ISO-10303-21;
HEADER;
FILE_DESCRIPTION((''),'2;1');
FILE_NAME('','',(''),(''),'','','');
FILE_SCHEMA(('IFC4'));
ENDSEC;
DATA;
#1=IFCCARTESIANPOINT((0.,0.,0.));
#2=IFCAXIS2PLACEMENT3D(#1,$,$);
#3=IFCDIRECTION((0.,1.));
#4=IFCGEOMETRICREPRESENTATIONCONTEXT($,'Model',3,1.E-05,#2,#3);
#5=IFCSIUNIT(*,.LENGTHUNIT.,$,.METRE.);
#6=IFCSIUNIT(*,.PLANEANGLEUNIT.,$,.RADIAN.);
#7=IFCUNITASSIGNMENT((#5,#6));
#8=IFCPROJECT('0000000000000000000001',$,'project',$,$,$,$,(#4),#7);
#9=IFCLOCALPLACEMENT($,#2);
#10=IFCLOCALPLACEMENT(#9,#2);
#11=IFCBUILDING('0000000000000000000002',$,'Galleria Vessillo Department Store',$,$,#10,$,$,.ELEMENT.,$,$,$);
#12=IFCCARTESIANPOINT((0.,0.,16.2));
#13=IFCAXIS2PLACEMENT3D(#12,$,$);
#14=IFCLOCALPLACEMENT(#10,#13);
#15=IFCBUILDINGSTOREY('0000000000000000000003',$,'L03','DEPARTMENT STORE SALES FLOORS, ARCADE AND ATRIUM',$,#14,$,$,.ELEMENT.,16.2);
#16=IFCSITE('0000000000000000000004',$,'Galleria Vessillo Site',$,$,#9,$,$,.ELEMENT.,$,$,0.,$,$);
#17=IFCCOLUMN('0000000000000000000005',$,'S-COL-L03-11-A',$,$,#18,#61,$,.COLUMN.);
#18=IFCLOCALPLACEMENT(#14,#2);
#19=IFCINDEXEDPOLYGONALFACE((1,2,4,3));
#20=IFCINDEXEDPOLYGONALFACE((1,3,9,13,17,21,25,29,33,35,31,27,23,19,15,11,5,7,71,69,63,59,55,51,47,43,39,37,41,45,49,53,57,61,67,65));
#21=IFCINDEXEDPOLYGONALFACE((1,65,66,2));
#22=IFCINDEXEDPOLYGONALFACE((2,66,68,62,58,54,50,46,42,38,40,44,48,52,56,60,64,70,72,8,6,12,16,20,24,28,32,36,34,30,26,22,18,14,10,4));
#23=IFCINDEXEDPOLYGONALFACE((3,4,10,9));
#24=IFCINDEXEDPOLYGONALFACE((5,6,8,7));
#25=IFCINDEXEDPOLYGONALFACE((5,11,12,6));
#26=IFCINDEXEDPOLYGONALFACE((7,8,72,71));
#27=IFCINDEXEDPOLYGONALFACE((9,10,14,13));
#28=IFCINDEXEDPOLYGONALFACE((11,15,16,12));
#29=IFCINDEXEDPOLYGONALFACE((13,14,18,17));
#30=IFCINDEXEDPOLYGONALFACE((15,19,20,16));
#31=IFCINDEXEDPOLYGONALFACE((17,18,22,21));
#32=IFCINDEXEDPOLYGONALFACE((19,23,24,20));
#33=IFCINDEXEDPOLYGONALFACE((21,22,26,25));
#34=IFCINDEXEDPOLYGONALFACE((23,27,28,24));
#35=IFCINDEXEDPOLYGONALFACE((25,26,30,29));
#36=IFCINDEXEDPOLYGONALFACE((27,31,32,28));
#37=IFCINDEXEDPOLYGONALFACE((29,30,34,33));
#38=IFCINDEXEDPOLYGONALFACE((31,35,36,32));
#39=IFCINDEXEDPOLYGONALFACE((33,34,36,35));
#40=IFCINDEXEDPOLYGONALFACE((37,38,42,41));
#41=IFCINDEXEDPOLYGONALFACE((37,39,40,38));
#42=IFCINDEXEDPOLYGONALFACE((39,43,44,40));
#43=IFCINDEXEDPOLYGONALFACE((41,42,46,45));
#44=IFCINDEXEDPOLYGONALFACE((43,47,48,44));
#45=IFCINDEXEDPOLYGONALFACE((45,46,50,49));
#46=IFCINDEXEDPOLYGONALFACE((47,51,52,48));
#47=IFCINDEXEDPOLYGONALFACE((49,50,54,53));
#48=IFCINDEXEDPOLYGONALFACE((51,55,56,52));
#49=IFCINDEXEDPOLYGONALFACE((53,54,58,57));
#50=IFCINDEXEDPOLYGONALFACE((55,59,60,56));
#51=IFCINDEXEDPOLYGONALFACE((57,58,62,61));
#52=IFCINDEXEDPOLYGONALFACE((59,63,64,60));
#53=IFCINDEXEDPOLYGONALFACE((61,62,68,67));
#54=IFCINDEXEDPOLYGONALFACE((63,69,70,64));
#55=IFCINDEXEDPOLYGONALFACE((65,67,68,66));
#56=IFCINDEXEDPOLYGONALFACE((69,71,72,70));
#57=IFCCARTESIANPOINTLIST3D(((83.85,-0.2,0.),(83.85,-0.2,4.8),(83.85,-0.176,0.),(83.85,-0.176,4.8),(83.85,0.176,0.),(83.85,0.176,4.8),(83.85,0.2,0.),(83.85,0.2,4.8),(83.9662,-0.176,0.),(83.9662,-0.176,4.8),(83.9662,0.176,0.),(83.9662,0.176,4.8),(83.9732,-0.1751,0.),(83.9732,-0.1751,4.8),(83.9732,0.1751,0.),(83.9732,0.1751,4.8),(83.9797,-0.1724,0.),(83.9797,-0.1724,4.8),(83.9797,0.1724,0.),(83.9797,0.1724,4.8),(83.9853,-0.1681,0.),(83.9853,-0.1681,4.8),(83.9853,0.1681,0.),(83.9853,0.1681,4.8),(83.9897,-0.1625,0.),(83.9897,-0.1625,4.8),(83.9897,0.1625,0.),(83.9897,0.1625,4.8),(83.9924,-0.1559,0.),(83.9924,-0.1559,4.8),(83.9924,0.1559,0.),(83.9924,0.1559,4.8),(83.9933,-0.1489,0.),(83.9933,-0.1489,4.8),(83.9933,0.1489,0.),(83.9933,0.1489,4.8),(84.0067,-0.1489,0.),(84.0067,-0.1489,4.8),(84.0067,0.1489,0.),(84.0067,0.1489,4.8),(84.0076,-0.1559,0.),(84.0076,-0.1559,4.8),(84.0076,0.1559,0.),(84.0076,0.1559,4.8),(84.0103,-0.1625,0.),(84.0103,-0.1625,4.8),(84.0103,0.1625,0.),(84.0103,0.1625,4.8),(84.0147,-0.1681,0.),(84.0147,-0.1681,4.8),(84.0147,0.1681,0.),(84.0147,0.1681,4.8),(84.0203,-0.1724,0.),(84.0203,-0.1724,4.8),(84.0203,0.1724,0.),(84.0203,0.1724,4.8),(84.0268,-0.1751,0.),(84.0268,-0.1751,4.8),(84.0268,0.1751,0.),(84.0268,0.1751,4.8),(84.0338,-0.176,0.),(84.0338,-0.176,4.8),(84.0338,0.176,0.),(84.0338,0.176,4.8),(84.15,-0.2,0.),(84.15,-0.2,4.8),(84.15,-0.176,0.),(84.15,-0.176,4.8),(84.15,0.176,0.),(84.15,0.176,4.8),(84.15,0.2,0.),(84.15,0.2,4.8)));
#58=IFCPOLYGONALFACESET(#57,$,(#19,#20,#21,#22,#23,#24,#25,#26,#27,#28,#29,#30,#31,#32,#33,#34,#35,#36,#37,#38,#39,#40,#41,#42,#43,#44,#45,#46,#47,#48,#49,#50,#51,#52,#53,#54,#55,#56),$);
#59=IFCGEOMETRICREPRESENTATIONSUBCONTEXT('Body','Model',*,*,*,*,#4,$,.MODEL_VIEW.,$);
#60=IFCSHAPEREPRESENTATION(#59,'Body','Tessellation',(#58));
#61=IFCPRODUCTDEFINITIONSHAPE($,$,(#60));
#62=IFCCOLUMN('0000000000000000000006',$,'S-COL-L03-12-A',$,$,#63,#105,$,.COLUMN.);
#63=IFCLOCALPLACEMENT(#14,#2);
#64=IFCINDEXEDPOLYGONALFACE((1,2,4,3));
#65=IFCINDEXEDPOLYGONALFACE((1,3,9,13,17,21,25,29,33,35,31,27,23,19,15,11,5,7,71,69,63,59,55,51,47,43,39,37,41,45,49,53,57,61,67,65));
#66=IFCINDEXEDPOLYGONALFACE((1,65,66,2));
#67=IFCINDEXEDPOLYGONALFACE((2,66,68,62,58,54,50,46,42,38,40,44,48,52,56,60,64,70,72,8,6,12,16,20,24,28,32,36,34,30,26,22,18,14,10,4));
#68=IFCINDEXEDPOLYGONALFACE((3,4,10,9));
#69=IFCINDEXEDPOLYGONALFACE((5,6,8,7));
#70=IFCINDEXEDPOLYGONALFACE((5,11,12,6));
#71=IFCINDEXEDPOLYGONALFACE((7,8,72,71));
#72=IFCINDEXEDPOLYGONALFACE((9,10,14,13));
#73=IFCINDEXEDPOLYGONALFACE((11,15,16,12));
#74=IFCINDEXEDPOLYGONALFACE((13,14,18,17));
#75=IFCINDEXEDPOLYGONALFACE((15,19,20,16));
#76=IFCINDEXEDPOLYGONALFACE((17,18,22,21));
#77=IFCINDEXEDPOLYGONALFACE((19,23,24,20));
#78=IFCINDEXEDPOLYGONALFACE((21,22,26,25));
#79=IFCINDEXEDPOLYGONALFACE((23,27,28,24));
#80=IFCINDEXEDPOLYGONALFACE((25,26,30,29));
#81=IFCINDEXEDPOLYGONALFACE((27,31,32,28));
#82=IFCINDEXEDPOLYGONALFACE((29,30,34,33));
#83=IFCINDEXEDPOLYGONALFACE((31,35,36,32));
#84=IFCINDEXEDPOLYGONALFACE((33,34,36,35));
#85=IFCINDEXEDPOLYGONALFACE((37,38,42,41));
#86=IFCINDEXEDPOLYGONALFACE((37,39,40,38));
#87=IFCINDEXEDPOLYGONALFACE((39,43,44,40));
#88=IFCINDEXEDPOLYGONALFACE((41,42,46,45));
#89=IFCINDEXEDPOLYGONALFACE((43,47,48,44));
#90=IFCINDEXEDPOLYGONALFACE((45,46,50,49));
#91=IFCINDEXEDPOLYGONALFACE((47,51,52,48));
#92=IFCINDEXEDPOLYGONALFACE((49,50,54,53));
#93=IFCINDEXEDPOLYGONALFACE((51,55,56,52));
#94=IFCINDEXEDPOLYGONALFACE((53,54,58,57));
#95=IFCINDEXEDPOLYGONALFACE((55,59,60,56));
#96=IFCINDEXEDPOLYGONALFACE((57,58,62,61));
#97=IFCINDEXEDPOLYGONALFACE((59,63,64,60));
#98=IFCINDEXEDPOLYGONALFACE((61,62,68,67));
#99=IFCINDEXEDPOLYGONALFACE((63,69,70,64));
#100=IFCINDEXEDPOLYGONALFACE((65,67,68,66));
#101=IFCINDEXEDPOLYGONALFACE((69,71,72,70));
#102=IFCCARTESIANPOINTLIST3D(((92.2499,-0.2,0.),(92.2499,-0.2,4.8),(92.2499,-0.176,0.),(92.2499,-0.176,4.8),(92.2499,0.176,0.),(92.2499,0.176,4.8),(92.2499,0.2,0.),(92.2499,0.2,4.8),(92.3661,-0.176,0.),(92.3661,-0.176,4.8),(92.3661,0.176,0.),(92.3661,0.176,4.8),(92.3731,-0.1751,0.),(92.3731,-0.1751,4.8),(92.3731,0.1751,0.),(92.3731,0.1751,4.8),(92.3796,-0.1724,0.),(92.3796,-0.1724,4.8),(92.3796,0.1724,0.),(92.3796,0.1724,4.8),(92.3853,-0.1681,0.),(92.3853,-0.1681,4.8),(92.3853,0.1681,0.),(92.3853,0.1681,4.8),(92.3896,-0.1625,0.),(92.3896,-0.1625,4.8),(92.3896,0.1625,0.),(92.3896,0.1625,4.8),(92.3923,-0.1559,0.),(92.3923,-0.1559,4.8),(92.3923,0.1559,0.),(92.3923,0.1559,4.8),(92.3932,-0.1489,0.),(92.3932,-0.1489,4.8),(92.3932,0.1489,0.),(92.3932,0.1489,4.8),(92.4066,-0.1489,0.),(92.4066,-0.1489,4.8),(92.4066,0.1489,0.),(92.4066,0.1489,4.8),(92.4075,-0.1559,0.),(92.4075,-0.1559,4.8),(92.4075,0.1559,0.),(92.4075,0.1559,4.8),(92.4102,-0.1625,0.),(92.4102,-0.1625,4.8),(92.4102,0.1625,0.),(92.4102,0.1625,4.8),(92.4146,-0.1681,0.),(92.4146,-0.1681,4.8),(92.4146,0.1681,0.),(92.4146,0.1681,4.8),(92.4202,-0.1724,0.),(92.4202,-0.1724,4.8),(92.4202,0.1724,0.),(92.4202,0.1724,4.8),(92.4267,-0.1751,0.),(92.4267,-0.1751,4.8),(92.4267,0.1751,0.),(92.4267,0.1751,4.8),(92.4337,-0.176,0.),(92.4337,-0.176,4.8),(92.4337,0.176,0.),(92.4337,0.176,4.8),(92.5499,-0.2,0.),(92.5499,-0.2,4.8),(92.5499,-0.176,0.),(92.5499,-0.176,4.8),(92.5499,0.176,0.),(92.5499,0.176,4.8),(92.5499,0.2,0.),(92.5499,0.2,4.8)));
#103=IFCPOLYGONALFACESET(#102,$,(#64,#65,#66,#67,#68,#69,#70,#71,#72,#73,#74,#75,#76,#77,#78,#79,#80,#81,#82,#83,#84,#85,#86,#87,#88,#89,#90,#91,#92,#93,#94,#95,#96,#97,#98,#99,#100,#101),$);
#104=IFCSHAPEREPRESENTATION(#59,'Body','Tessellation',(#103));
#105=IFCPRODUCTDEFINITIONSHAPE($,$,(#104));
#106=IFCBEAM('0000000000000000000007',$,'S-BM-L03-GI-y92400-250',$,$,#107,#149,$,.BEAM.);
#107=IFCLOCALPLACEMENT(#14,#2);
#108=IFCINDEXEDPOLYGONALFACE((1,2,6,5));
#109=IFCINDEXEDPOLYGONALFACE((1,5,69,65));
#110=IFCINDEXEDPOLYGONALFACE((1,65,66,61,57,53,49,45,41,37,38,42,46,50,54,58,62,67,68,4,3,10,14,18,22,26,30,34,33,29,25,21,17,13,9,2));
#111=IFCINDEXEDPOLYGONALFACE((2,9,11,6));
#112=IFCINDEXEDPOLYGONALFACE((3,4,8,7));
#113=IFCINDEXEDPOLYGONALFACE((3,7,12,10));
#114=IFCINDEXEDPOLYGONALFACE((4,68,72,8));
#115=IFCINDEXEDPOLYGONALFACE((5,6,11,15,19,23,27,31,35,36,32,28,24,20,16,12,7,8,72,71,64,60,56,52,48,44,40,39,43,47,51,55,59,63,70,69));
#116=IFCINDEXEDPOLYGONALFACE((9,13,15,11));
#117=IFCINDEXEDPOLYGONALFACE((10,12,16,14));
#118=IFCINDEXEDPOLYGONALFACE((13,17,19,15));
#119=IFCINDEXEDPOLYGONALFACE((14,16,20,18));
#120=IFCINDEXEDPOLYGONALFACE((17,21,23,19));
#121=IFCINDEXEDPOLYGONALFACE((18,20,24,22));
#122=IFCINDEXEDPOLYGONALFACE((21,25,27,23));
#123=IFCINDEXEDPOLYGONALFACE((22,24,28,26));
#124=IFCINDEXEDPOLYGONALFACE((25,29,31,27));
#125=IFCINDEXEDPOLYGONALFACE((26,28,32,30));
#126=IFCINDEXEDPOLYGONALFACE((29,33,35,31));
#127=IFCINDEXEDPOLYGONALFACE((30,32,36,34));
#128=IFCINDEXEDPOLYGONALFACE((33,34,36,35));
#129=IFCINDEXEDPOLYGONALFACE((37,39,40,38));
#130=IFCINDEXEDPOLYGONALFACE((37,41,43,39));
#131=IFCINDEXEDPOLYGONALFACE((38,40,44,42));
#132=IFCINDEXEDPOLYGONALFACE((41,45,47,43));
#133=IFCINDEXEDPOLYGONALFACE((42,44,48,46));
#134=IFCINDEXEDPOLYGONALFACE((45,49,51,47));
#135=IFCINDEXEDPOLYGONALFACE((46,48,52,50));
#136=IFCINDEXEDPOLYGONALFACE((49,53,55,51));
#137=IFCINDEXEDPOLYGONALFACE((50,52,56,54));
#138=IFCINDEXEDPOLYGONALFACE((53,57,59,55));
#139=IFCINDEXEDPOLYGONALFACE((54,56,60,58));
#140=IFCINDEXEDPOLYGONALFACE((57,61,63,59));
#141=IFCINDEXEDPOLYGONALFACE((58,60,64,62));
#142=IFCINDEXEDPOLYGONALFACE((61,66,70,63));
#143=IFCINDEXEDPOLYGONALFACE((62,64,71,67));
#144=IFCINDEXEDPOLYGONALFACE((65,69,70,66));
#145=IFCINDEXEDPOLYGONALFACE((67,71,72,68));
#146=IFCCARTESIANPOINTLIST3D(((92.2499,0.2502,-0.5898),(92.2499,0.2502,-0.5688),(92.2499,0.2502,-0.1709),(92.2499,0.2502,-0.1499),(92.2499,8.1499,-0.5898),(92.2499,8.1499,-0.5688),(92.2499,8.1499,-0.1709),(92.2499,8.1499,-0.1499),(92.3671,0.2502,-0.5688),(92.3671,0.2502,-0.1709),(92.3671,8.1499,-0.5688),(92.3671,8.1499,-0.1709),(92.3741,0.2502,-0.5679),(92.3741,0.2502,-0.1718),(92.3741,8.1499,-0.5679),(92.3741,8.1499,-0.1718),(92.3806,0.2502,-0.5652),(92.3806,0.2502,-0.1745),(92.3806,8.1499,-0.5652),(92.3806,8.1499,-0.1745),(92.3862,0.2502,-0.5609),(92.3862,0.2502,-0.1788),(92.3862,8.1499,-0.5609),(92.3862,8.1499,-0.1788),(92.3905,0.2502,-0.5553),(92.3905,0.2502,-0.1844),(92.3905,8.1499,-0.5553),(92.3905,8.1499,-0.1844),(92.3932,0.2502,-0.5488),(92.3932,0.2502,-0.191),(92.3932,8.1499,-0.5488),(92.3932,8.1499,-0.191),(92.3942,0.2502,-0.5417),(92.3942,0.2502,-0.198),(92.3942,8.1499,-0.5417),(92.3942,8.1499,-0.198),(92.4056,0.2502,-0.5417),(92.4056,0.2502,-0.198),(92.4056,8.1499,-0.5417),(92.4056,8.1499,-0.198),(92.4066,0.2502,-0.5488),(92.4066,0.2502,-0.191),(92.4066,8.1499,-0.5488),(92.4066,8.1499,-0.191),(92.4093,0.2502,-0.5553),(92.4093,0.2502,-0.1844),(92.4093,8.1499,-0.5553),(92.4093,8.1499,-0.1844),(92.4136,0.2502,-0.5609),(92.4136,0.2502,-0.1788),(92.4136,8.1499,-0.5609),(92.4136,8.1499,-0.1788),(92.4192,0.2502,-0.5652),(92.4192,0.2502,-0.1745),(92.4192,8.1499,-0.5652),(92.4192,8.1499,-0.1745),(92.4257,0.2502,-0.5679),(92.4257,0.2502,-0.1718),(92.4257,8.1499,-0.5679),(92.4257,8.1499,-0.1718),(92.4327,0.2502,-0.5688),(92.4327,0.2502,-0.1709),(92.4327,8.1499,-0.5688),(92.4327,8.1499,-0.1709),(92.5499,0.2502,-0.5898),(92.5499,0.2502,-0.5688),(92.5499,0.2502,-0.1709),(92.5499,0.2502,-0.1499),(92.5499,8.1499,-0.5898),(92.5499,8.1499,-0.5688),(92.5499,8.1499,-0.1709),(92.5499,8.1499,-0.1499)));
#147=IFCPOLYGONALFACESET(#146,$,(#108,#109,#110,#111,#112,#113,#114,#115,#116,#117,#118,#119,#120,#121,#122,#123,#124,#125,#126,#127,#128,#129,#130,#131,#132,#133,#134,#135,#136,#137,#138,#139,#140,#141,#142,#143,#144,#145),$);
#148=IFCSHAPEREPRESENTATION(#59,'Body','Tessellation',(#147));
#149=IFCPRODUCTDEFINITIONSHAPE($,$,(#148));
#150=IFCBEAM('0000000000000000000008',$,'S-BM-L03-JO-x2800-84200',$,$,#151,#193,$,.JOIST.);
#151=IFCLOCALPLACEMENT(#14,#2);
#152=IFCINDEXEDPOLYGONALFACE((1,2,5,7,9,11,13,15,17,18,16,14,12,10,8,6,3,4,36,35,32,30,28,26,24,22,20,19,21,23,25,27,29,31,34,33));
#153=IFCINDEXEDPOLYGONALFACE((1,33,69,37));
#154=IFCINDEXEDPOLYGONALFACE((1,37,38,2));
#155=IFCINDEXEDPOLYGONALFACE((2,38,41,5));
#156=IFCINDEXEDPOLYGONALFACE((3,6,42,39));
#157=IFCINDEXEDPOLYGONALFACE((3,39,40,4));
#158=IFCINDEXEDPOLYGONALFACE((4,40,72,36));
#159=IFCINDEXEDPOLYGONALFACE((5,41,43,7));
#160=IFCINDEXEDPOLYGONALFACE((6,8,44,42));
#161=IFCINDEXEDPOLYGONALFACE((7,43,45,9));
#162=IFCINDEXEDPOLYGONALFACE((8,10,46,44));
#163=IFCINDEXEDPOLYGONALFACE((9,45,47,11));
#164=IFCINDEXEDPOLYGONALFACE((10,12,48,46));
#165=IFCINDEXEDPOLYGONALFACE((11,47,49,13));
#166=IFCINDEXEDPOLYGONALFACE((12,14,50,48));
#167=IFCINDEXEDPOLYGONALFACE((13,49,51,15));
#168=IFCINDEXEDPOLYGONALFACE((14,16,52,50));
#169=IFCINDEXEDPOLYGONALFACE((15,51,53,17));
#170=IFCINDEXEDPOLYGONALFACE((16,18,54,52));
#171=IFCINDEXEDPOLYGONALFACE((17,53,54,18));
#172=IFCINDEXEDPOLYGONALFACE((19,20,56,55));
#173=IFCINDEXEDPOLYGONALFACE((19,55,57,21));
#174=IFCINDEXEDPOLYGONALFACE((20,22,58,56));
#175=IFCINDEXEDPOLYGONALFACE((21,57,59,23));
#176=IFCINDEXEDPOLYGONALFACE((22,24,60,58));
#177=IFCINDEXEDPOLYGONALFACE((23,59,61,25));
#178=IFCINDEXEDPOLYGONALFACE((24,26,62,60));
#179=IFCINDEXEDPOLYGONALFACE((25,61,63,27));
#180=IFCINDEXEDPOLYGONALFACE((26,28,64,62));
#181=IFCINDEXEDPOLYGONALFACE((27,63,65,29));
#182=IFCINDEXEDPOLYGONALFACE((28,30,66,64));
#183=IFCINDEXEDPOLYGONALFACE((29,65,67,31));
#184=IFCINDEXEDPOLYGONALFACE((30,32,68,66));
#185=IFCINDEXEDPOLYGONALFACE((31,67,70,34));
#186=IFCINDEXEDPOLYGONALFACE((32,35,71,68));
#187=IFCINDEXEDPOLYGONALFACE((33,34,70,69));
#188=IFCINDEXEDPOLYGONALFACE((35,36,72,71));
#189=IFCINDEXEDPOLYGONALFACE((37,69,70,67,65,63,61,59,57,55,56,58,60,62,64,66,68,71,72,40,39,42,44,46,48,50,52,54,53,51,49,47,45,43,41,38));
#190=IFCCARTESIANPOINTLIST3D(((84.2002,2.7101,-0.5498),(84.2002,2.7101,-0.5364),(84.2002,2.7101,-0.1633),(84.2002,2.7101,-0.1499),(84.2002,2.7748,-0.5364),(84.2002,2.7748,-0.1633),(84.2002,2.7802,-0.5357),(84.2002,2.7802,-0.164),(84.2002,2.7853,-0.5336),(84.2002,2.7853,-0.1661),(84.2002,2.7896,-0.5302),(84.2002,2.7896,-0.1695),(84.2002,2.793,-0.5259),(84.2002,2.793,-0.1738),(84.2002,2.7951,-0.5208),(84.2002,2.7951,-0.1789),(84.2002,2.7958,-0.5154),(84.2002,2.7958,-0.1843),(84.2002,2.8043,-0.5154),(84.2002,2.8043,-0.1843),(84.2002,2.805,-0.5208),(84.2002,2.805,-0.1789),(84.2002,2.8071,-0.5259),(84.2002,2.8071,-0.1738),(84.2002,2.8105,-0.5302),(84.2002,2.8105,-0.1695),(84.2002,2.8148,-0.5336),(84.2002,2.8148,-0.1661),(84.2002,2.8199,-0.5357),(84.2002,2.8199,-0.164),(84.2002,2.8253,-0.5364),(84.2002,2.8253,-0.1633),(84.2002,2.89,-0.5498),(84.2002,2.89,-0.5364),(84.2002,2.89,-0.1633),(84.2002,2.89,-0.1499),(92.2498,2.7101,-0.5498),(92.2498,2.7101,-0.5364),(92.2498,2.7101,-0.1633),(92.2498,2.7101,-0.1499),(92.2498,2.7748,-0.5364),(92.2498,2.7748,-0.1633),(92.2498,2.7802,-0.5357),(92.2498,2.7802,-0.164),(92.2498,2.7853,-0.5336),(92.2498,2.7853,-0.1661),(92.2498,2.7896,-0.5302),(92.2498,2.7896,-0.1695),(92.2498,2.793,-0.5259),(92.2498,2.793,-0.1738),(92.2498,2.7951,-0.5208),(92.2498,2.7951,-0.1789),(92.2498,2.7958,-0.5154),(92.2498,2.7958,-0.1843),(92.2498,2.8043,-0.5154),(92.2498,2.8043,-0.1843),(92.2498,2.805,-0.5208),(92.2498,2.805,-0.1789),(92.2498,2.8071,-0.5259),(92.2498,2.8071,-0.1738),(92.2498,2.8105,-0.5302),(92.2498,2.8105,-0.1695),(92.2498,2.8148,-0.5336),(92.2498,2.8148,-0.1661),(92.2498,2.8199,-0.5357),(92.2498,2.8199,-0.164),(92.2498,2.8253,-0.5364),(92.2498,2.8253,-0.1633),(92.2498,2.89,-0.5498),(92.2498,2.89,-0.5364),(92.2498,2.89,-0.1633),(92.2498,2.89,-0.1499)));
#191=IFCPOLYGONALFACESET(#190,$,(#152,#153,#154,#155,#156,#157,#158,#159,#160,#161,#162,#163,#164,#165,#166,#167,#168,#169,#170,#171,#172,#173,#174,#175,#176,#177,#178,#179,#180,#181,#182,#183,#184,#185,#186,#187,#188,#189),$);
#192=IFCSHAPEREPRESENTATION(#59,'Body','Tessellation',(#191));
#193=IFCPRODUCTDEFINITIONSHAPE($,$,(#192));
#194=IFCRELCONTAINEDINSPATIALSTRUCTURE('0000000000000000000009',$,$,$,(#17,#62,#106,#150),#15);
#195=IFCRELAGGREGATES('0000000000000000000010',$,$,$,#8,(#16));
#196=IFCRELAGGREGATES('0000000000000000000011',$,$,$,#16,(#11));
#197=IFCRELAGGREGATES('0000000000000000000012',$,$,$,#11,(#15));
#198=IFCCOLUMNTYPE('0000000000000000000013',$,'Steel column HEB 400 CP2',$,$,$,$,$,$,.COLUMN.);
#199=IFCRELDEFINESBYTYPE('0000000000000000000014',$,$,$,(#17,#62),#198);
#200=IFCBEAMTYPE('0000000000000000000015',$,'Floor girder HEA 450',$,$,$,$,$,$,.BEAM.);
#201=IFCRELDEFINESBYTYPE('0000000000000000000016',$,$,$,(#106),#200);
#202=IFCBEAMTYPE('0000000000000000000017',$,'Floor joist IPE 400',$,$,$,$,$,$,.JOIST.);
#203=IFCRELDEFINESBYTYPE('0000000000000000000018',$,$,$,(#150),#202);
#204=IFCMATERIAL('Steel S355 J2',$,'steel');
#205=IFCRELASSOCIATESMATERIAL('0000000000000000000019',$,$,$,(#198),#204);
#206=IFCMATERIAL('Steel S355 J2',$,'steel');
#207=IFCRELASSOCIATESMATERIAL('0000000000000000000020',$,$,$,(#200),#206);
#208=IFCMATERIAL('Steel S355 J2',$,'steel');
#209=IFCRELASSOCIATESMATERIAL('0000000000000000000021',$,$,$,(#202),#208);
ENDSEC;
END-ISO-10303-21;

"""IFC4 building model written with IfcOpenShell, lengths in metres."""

from ifc_helpers import new_model, si_unit, direction, frame, origin, origin_2d, place, context, subcontext, project, spatial, i_section, extrude, material, material_profile, profile_set, type_object, element, save


model = new_model("IFC4")

# Units and contexts
model_context = context("Model", 3, precision=1e-05, world=origin(), true_north=direction((0.0, 1.0)))
body_context = subcontext(model_context, "Body", "Model", "MODEL_VIEW")
ifc_project = project(units=[si_unit("LENGTHUNIT", "METRE"), si_unit("PLANEANGLEUNIT", "RADIAN")], contexts=[model_context])

# Site, building, storey
site_placement = place(None, origin())
site = spatial("IfcSite", under=ifc_project, at=site_placement, Name="Galleria Vessillo Site", CompositionType="ELEMENT", RefElevation=0.0)
building_placement = place(site_placement, origin())
building = spatial("IfcBuilding", under=site, at=building_placement, Name="Galleria Vessillo Department Store", CompositionType="ELEMENT")
storey_placement = place(building_placement, frame((0.0, 0.0, 16.2)))
storey = spatial("IfcBuildingStorey", under=building, at=storey_placement, Name="L03", Description="DEPARTMENT STORE SALES FLOORS, ARCADE AND ATRIUM", CompositionType="ELEMENT", Elevation=16.2)

# Columns
ifc_material_1 = material(Name="Steel S355 J2", Category="steel")
ifc_material_profile_1 = material_profile(ifc_material_1, i_section(OverallWidth=0.3, OverallDepth=0.3999, WebThickness=0.0134, FlangeThickness=0.0239, FilletRadius=0.0271, at=origin_2d()), Name="HEB 400")
ifc_profile_set_1 = profile_set([ifc_material_profile_1], Name="Steel S355 J2")
column_type = type_object("IfcColumnType", Name="Steel column HEB 400 CP2", PredefinedType="COLUMN", material=ifc_profile_set_1)
for number, where, z_axis, x_axis, name in (
    (1, (84.0, 0.0, 0.0), (0.0, 0.0, 1.0), (1.0, 0.0, 0.0), "S-COL-L03-11-A"),
    (2, (92.3999, 0.0, 0.0), (0.0, 0.0, 1.0), (1.0, 0.0, 0.0), "S-COL-L03-12-A"),
):
    element("IfcColumn", number, at=place(storey_placement, frame(where, z_axis=z_axis, x_axis=x_axis)), inside=storey, type_object=column_type, Name=name, PredefinedType="COLUMN", context=body_context, shape_type="SweptSolid", body=[
        extrude(i_section(OverallWidth=0.3, OverallDepth=0.3999, WebThickness=0.0134, FlangeThickness=0.0239, FilletRadius=0.0271, at=origin_2d()), origin(), (0.0, 0.0, 1.0), 4.8),
    ])

# Beams
ifc_material_2 = material(Name="Steel S355 J2", Category="steel")
ifc_material_profile_2 = material_profile(ifc_material_2, i_section(OverallWidth=0.3, OverallDepth=0.4399, WebThickness=0.0115, FlangeThickness=0.021, FilletRadius=0.0271, at=origin_2d()), Name="HEA 450")
ifc_profile_set_2 = profile_set([ifc_material_profile_2], Name="Steel S355 J2")
beam_type_1 = type_object("IfcBeamType", Name="Floor girder HEA 450", PredefinedType="BEAM", material=ifc_profile_set_2)
beam_1_placement = place(storey_placement, frame((92.3999, 0.2502, -0.3699), z_axis=(0.0, 1.0, 0.0), x_axis=(-1.0, 0.0, 0.0)))
element("IfcBeam", 3, at=beam_1_placement, inside=storey, type_object=beam_type_1, Name="S-BM-L03-GI-y92400-250", PredefinedType="BEAM", context=body_context, shape_type="SweptSolid", body=[
    extrude(i_section(OverallWidth=0.3, OverallDepth=0.4399, WebThickness=0.0115, FlangeThickness=0.021, FilletRadius=0.0271, at=origin_2d()), origin(), (0.0, 0.0, 1.0), 7.8997),
])
ifc_material_3 = material(Name="Steel S355 J2", Category="steel")
ifc_material_profile_3 = material_profile(ifc_material_3, i_section(OverallWidth=0.1799, OverallDepth=0.3999, WebThickness=0.0085, FlangeThickness=0.0134, FilletRadius=0.021, at=origin_2d()), Name="IPE 400")
ifc_profile_set_3 = profile_set([ifc_material_profile_3], Name="Steel S355 J2")
beam_type_2 = type_object("IfcBeamType", Name="Floor joist IPE 400", PredefinedType="JOIST", material=ifc_profile_set_3)
beam_2_placement = place(storey_placement, frame((84.2002, 2.8, -0.3499), z_axis=(1.0, 0.0, 0.0), x_axis=(0.0, 1.0, 0.0)))
element("IfcBeam", 4, at=beam_2_placement, inside=storey, type_object=beam_type_2, Name="S-BM-L03-JO-x2800-84200", PredefinedType="JOIST", context=body_context, shape_type="SweptSolid", body=[
    extrude(i_section(OverallWidth=0.1799, OverallDepth=0.3999, WebThickness=0.0085, FlangeThickness=0.0134, FilletRadius=0.021, at=origin_2d()), origin(), (0.0, 0.0, 1.0), 8.0496),
])

save(model, "model.ifc")
